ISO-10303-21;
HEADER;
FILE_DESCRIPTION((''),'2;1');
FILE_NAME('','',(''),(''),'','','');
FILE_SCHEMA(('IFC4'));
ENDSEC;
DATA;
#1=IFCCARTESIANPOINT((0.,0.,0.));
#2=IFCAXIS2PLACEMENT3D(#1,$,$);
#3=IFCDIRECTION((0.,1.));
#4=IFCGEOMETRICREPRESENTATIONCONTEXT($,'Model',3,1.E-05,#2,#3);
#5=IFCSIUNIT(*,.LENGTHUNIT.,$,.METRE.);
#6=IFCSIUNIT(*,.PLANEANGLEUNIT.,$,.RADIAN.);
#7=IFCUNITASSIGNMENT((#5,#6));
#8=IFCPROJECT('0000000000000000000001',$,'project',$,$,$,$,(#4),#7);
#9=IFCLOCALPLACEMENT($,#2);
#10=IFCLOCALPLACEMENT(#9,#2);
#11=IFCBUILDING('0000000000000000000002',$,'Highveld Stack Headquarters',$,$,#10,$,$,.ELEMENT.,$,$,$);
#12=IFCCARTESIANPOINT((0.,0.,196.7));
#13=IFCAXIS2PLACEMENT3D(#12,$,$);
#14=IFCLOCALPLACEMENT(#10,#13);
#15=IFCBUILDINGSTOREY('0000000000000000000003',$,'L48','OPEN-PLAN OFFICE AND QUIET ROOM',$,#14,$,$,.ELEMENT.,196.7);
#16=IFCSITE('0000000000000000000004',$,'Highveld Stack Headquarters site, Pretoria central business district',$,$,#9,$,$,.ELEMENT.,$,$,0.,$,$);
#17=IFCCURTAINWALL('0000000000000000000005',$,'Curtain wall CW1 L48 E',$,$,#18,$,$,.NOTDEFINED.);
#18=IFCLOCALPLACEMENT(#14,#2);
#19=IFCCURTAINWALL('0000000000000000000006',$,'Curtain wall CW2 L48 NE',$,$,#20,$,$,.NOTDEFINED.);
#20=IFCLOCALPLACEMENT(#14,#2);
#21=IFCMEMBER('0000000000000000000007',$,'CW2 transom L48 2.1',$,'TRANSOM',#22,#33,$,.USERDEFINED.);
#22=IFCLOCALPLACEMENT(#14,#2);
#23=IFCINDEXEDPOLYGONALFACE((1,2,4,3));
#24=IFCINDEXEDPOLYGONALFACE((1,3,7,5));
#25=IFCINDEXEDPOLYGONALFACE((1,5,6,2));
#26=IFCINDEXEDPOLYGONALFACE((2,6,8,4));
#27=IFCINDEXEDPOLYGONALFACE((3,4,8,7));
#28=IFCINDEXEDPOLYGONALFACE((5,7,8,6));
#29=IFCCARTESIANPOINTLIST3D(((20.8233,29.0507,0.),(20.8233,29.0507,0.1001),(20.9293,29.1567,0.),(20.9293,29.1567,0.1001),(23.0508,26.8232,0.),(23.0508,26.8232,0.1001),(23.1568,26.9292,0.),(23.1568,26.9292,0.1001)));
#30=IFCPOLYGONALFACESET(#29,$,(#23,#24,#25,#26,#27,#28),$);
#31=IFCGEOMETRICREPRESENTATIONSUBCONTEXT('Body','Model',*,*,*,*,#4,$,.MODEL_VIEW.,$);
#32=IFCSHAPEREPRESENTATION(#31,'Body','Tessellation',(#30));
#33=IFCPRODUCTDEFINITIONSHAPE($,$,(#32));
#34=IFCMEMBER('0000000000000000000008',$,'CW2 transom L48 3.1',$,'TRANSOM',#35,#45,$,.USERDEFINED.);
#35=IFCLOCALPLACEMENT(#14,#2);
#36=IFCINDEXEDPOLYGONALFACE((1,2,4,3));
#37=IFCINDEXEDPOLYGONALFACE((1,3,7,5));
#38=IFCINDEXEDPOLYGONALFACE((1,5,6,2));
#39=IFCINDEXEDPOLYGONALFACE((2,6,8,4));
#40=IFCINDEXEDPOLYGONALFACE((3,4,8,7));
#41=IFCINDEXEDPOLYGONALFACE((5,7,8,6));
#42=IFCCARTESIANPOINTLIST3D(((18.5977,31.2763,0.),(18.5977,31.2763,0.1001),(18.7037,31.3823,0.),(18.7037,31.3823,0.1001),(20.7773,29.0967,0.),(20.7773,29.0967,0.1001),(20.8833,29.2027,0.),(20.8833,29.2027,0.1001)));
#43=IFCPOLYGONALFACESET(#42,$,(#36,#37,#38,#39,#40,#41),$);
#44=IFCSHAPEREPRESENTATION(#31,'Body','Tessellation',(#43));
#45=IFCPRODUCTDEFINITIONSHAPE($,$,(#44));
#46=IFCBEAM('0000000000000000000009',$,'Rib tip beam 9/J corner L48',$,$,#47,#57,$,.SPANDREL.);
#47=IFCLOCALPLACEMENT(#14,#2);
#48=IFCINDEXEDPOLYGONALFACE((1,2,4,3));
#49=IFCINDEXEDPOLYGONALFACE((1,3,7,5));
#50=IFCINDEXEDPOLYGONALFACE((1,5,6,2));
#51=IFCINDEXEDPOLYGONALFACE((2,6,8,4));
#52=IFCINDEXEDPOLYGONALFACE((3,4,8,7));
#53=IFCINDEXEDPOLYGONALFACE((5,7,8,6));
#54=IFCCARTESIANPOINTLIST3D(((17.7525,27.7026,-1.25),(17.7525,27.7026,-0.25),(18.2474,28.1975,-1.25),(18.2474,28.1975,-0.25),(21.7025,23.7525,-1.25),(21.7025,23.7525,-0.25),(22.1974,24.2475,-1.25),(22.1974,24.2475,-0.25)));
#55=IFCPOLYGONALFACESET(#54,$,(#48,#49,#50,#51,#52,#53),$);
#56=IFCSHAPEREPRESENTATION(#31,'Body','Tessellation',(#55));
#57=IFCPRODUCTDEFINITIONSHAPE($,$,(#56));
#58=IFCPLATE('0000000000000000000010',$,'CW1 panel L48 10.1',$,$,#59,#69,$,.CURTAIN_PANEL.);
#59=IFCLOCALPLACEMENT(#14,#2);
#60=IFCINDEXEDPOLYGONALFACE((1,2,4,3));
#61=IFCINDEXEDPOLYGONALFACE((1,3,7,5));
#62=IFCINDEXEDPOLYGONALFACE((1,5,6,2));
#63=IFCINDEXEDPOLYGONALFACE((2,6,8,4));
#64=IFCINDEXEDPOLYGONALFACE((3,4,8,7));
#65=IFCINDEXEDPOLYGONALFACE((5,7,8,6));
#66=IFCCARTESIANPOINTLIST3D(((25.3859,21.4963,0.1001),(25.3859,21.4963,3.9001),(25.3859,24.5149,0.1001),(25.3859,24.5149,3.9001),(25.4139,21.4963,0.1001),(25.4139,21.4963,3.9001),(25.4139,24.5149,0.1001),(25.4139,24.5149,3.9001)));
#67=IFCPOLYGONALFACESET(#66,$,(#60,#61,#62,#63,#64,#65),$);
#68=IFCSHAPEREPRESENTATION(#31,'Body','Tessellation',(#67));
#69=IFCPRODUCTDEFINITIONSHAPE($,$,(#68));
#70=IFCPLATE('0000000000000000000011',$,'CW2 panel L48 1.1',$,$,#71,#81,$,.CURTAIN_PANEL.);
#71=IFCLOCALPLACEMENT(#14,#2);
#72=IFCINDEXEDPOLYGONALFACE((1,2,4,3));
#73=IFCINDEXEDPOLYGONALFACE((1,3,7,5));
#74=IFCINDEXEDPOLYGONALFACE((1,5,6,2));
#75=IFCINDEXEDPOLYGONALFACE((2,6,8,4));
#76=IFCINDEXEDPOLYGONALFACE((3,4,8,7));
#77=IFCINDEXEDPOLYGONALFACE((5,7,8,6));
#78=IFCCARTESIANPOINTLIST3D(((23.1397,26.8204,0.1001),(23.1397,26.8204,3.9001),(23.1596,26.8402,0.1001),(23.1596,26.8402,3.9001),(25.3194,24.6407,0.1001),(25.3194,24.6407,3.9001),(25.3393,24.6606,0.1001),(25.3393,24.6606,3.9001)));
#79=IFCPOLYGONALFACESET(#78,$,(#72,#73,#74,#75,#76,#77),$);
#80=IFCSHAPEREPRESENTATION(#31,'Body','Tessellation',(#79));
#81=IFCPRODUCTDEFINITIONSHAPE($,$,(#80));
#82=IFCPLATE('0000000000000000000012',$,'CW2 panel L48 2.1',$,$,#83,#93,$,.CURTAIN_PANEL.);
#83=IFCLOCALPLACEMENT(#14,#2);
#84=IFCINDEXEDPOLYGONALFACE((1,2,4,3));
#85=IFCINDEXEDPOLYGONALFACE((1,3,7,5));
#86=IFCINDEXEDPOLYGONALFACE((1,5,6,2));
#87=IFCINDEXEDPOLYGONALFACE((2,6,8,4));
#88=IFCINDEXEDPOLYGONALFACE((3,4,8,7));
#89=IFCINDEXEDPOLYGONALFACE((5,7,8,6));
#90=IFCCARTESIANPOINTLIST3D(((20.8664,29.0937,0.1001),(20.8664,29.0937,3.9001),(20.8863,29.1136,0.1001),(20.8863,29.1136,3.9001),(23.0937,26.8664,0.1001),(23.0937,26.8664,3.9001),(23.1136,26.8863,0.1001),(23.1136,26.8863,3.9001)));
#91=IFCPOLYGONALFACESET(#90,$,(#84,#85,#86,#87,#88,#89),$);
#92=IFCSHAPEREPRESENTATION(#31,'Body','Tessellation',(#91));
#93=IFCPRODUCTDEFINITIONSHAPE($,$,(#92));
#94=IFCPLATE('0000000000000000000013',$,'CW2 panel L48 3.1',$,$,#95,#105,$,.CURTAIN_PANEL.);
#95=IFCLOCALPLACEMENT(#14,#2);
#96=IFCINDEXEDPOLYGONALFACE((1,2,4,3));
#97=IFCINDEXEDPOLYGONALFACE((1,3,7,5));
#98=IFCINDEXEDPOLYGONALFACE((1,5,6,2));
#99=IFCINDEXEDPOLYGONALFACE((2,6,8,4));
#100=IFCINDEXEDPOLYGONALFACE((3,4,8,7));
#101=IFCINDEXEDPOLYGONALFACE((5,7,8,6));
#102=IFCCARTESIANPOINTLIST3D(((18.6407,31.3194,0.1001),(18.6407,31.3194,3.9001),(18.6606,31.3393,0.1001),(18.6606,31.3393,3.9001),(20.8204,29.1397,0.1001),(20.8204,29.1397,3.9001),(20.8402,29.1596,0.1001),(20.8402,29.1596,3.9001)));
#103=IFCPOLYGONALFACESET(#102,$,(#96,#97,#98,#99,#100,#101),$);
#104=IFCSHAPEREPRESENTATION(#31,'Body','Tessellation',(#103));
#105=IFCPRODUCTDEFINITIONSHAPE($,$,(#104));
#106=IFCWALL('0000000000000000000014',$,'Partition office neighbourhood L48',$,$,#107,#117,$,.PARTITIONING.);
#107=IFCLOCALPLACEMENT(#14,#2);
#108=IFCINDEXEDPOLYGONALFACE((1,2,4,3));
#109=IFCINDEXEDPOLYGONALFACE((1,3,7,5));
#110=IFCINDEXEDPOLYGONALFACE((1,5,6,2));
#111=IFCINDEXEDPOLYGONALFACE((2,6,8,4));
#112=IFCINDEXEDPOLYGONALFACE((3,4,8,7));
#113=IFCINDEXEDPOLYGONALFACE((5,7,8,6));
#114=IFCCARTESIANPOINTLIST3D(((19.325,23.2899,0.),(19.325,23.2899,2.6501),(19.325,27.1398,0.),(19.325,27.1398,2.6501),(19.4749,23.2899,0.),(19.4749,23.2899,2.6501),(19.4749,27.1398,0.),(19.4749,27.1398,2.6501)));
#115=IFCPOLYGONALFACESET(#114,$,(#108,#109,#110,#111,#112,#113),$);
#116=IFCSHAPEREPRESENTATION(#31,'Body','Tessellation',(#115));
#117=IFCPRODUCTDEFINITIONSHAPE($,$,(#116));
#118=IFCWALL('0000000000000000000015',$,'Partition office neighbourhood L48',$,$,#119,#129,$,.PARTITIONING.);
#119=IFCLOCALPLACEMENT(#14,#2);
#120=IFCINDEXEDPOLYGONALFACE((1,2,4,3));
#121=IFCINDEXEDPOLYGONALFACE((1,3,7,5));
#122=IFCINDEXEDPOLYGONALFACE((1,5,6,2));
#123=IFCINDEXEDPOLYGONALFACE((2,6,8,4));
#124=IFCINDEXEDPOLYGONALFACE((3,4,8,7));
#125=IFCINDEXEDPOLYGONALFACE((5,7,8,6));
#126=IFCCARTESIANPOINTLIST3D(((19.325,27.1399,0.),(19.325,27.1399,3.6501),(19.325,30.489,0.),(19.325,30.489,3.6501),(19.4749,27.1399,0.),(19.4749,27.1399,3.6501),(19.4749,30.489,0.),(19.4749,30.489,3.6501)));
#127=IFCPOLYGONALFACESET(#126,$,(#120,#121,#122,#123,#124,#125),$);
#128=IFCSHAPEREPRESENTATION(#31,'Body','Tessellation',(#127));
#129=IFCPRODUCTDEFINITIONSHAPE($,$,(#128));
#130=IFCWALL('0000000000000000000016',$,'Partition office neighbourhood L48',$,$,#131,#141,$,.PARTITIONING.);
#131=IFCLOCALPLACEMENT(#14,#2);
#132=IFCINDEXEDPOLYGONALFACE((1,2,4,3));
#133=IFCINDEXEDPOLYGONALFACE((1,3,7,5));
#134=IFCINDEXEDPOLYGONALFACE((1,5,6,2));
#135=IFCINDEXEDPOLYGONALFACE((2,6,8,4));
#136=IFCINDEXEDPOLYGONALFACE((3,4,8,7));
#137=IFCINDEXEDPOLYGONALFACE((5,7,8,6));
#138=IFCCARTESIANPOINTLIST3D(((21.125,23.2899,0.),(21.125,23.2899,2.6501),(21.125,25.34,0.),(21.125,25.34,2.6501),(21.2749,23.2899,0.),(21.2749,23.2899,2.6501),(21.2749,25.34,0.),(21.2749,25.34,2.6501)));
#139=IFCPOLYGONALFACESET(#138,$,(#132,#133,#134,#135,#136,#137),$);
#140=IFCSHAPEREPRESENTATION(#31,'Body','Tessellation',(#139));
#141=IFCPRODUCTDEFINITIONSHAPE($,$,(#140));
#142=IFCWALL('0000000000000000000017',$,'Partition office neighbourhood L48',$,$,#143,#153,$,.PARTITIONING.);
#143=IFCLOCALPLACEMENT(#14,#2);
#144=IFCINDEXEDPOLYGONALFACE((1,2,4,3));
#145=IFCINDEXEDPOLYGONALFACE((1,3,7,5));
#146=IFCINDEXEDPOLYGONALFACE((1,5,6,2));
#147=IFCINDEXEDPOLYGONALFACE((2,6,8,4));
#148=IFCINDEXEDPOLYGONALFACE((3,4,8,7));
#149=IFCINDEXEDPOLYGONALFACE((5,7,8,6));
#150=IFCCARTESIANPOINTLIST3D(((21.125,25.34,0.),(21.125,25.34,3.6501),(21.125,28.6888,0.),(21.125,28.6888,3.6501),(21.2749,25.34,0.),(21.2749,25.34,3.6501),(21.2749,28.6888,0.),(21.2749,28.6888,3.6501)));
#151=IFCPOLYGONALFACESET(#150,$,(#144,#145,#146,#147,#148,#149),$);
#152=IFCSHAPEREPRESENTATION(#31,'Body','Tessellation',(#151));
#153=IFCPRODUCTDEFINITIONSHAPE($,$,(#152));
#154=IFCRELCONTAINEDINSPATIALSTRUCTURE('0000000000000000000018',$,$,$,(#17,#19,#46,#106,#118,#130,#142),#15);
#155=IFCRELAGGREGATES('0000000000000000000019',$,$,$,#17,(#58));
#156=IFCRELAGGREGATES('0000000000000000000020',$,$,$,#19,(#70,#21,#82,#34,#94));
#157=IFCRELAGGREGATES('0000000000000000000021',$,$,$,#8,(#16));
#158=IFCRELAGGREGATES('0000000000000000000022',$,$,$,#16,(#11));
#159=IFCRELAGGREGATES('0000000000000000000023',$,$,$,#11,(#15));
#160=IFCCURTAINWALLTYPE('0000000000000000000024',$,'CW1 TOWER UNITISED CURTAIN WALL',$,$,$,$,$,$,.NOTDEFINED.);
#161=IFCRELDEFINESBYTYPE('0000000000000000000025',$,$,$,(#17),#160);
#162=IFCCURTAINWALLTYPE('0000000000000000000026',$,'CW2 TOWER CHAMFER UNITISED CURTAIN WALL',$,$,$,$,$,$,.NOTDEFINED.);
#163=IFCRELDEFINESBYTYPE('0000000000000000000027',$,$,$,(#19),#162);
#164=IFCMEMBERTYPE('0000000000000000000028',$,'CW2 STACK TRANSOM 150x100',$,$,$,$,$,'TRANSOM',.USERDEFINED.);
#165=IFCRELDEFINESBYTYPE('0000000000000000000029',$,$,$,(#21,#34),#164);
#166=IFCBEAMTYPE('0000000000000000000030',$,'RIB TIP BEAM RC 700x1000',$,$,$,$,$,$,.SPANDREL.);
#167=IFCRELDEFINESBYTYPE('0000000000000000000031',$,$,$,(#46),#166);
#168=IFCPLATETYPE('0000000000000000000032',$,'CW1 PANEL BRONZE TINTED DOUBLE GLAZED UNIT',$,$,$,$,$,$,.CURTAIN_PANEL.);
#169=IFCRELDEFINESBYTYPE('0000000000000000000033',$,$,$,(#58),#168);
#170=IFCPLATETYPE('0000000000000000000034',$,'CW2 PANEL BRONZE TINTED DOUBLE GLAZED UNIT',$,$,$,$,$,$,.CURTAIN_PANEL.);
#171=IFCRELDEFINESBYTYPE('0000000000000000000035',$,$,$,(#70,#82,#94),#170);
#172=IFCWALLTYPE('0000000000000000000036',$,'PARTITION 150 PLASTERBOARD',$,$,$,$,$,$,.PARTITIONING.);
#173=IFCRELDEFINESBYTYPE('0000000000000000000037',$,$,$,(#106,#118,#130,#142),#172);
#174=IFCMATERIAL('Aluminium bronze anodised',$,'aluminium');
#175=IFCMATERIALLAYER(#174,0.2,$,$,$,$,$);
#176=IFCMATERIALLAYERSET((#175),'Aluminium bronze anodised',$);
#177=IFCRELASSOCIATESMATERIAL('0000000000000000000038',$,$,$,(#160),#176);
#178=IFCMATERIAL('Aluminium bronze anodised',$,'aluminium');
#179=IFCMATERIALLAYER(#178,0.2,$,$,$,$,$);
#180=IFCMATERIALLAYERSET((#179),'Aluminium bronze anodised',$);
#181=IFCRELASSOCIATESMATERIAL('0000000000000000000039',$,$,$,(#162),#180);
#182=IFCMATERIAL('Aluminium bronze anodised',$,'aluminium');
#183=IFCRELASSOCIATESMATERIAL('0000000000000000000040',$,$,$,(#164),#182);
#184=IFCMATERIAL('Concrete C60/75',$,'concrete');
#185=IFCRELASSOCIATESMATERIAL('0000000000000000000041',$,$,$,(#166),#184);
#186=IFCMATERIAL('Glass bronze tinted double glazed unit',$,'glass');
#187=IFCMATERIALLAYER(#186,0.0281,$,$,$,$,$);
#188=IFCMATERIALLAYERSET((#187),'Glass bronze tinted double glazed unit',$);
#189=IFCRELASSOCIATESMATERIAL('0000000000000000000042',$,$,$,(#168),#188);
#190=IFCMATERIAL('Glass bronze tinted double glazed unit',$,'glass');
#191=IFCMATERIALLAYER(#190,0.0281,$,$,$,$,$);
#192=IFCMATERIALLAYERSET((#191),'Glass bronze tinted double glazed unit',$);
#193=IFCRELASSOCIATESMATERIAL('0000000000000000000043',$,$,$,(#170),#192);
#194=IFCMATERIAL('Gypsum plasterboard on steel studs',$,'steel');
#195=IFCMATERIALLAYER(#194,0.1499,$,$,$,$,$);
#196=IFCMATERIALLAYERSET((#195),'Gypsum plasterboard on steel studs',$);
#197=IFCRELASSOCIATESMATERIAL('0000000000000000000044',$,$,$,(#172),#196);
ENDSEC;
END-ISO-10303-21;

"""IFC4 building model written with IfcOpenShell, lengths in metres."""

from ifc_helpers import new_model, si_unit, direction, frame, frame_2d, origin, origin_2d, place, context, subcontext, project, spatial, rectangle, extrude, material, layer, layer_set, material_profile, profile_set, type_object, element, aggregate, save


model = new_model("IFC4")

# Units and contexts
model_context = context("Model", 3, precision=1e-05, world=origin(), true_north=direction((0.0, 1.0)))
body_context = subcontext(model_context, "Body", "Model", "MODEL_VIEW")
ifc_project = project(units=[si_unit("LENGTHUNIT", "METRE"), si_unit("PLANEANGLEUNIT", "RADIAN")], contexts=[model_context])

# Site, building, storey
site_placement = place(None, origin())
site = spatial("IfcSite", under=ifc_project, at=site_placement, Name="Highveld Stack Headquarters site, Pretoria central business district", CompositionType="ELEMENT", RefElevation=0.0)
building_placement = place(site_placement, origin())
building = spatial("IfcBuilding", under=site, at=building_placement, Name="Highveld Stack Headquarters", CompositionType="ELEMENT")
storey_placement = place(building_placement, frame((0.0, 0.0, 196.7)))
storey = spatial("IfcBuildingStorey", under=building, at=storey_placement, Name="L48", Description="OPEN-PLAN OFFICE AND QUIET ROOM", CompositionType="ELEMENT", Elevation=196.7)

# Curtain wall
ifc_material_1 = material(Name="Aluminium bronze anodised", Category="aluminium")
ifc_layer_1 = layer(ifc_material_1, 0.2)
ifc_layer_set_1 = layer_set([ifc_layer_1], Name="Aluminium bronze anodised")
curtain_wall_type_1 = type_object("IfcCurtainWallType", Name="CW1 TOWER UNITISED CURTAIN WALL", PredefinedType="NOTDEFINED", material=ifc_layer_set_1)
curtain_wall_1_placement = place(storey_placement, origin())
curtain_wall_1 = element("IfcCurtainWall", 1, at=curtain_wall_1_placement, inside=storey, type_object=curtain_wall_type_1, Name="Curtain wall CW1 L48 E", PredefinedType="NOTDEFINED")

# Curtain wall, members
ifc_material_2 = material(Name="Aluminium bronze anodised", Category="aluminium")
ifc_layer_2 = layer(ifc_material_2, 0.2)
ifc_layer_set_2 = layer_set([ifc_layer_2], Name="Aluminium bronze anodised")
curtain_wall_type_2 = type_object("IfcCurtainWallType", Name="CW2 TOWER CHAMFER UNITISED CURTAIN WALL", PredefinedType="NOTDEFINED", material=ifc_layer_set_2)
curtain_wall_2_placement = place(storey_placement, origin())
curtain_wall_2 = element("IfcCurtainWall", 2, at=curtain_wall_2_placement, inside=storey, type_object=curtain_wall_type_2, Name="Curtain wall CW2 L48 NE", PredefinedType="NOTDEFINED")
ifc_material_3 = material(Name="Aluminium bronze anodised", Category="aluminium")
ifc_material_profile_1 = material_profile(ifc_material_3, rectangle(XDim=0.1499, YDim=0.1001, at=origin_2d()), Name="CW2 TRANSOM 150x100")
ifc_profile_set_1 = profile_set([ifc_material_profile_1], Name="Aluminium bronze anodised")
member_type_1 = type_object("IfcMemberType", Name="CW2 STACK TRANSOM 150x100", ElementType="TRANSOM", PredefinedType="USERDEFINED", material=ifc_profile_set_1)
member_1_placement = place(storey_placement, frame((23.1038, 26.8762, 0.05), z_axis=(-0.707107, 0.707107, 0.0), x_axis=(-0.707107, -0.707107, 0.0)))
member_1 = element("IfcMember", 3, at=member_1_placement, type_object=member_type_1, Name="CW2 transom L48 2.1", ObjectType="TRANSOM", PredefinedType="USERDEFINED", context=body_context, shape_type="SweptSolid", body=[
    extrude(rectangle(XDim=0.1499, YDim=0.1001, at=origin_2d()), origin(), (0.0, 0.0, 1.0), 3.1501),
])
member_2_placement = place(storey_placement, frame((20.8303, 29.1497, 0.05), z_axis=(-0.707107, 0.707107, 0.0), x_axis=(-0.707107, -0.707107, 0.0)))
member_2 = element("IfcMember", 4, at=member_2_placement, type_object=member_type_1, Name="CW2 transom L48 3.1", ObjectType="TRANSOM", PredefinedType="USERDEFINED", context=body_context, shape_type="SweptSolid", body=[
    extrude(rectangle(XDim=0.1499, YDim=0.1001, at=origin_2d()), origin(), (0.0, 0.0, 1.0), 3.0825),
])

# Beam
ifc_material_4 = material(Name="Concrete C60/75", Category="concrete")
ifc_material_profile_2 = material_profile(ifc_material_4, rectangle(XDim=0.7, YDim=1.0, at=origin_2d()), Name="RC 700x1000")
ifc_profile_set_2 = profile_set([ifc_material_profile_2], Name="Concrete C60/75")
beam_type_1 = type_object("IfcBeamType", Name="RIB TIP BEAM RC 700x1000", PredefinedType="SPANDREL", material=ifc_profile_set_2)
beam_1_placement = place(storey_placement, frame((21.95, 24.0, -0.75), z_axis=(-0.707107, 0.707107, 0.0), x_axis=(-0.707107, -0.707107, 0.0)))
element("IfcBeam", 5, at=beam_1_placement, inside=storey, type_object=beam_type_1, Name="Rib tip beam 9/J corner L48", PredefinedType="SPANDREL", context=body_context, shape_type="SweptSolid", body=[
    extrude(rectangle(XDim=0.7, YDim=1.0, at=origin_2d()), origin(), (0.0, 0.0, 1.0), 5.5862),
])

# Plates
ifc_material_5 = material(Name="Glass bronze tinted double glazed unit", Category="glass")
ifc_layer_3 = layer(ifc_material_5, 0.0281)
ifc_layer_set_3 = layer_set([ifc_layer_3], Name="Glass bronze tinted double glazed unit")
plate_type_1 = type_object("IfcPlateType", Name="CW1 PANEL BRONZE TINTED DOUBLE GLAZED UNIT", PredefinedType="CURTAIN_PANEL", material=ifc_layer_set_3)
plate_1_placement = place(storey_placement, frame((25.3999, 23.0056, 0.1001), z_axis=(0.0, 0.0, 1.0), x_axis=(0.0, 1.0, 0.0)))
plate_1 = element("IfcPlate", 6, at=plate_1_placement, type_object=plate_type_1, Name="CW1 panel L48 10.1", PredefinedType="CURTAIN_PANEL", context=body_context, shape_type="SweptSolid", body=[
    extrude(rectangle(XDim=3.0186, YDim=0.0281, at=origin_2d()), origin(), (0.0, 0.0, 1.0), 3.8),
])
aggregate(curtain_wall_1, [plate_1])
ifc_material_6 = material(Name="Glass bronze tinted double glazed unit", Category="glass")
ifc_layer_4 = layer(ifc_material_6, 0.0281)
ifc_layer_set_4 = layer_set([ifc_layer_4], Name="Glass bronze tinted double glazed unit")
plate_type_2 = type_object("IfcPlateType", Name="CW2 PANEL BRONZE TINTED DOUBLE GLAZED UNIT", PredefinedType="CURTAIN_PANEL", material=ifc_layer_set_4)
plate_2_placement = place(storey_placement, frame((24.2395, 25.7405, 0.1001), z_axis=(0.0, 0.0, 1.0), x_axis=(-0.707107, 0.707107, 0.0)))
plate_2 = element("IfcPlate", 7, at=plate_2_placement, type_object=plate_type_2, Name="CW2 panel L48 1.1", PredefinedType="CURTAIN_PANEL", context=body_context, shape_type="SweptSolid", body=[
    extrude(rectangle(XDim=3.0825, YDim=0.0281, at=origin_2d()), origin(), (0.0, 0.0, 1.0), 3.8),
])
plate_3_placement = place(storey_placement, frame((21.99, 27.99, 0.1001), z_axis=(0.0, 0.0, 1.0), x_axis=(-0.707107, 0.707107, 0.0)))
plate_3 = element("IfcPlate", 8, at=plate_3_placement, type_object=plate_type_2, Name="CW2 panel L48 2.1", PredefinedType="CURTAIN_PANEL", context=body_context, shape_type="SweptSolid", body=[
    extrude(rectangle(XDim=3.1499, YDim=0.0281, at=origin_2d()), origin(), (0.0, 0.0, 1.0), 3.8),
])
plate_4_placement = place(storey_placement, frame((19.7405, 30.2395, 0.1001), z_axis=(0.0, 0.0, 1.0), x_axis=(-0.707107, 0.707107, 0.0)))
plate_4 = element("IfcPlate", 9, at=plate_4_placement, type_object=plate_type_2, Name="CW2 panel L48 3.1", PredefinedType="CURTAIN_PANEL", context=body_context, shape_type="SweptSolid", body=[
    extrude(rectangle(XDim=3.0825, YDim=0.0281, at=origin_2d()), origin(), (0.0, 0.0, 1.0), 3.8),
])
aggregate(curtain_wall_2, [plate_2, member_1, plate_3, member_2, plate_4])

# Walls
ifc_material_7 = material(Name="Gypsum plasterboard on steel studs", Category="steel")
ifc_layer_5 = layer(ifc_material_7, 0.1499)
ifc_layer_set_5 = layer_set([ifc_layer_5], Name="Gypsum plasterboard on steel studs")
wall_type = type_object("IfcWallType", Name="PARTITION 150 PLASTERBOARD", PredefinedType="PARTITIONING", material=ifc_layer_set_5)
wall_1_placement = place(storey_placement, frame((19.3999, 23.29, 0.0), z_axis=(0.0, 0.0, 1.0), x_axis=(0.0, 1.0, 0.0)))
element("IfcWall", 10, at=wall_1_placement, inside=storey, type_object=wall_type, Name="Partition office neighbourhood L48", PredefinedType="PARTITIONING", context=body_context, shape_type="SweptSolid", body=[
    extrude(rectangle(XDim=3.8499, YDim=0.1499, at=frame_2d((1.9248, 0.0))), origin(), (0.0, 0.0, 1.0), 2.6501),
])
wall_2_placement = place(storey_placement, frame((19.3999, 27.1399, 0.0), z_axis=(0.0, 0.0, 1.0), x_axis=(0.0, 1.0, 0.0)))
element("IfcWall", 11, at=wall_2_placement, inside=storey, type_object=wall_type, Name="Partition office neighbourhood L48", PredefinedType="PARTITIONING", context=body_context, shape_type="SweptSolid", body=[
    extrude(rectangle(XDim=3.3491, YDim=0.1499, at=frame_2d((1.6746, 0.0))), origin(), (0.0, 0.0, 1.0), 3.6501),
])
wall_3_placement = place(storey_placement, frame((21.2, 23.29, 0.0), z_axis=(0.0, 0.0, 1.0), x_axis=(0.0, 1.0, 0.0)))
element("IfcWall", 12, at=wall_3_placement, inside=storey, type_object=wall_type, Name="Partition office neighbourhood L48", PredefinedType="PARTITIONING", context=body_context, shape_type="SweptSolid", body=[
    extrude(rectangle(XDim=2.05, YDim=0.1499, at=frame_2d((1.0249, 0.0))), origin(), (0.0, 0.0, 1.0), 2.6501),
])
wall_4_placement = place(storey_placement, frame((21.2, 25.3401, 0.0), z_axis=(0.0, 0.0, 1.0), x_axis=(0.0, 1.0, 0.0)))
element("IfcWall", 13, at=wall_4_placement, inside=storey, type_object=wall_type, Name="Partition office neighbourhood L48", PredefinedType="PARTITIONING", context=body_context, shape_type="SweptSolid", body=[
    extrude(rectangle(XDim=3.3489, YDim=0.1499, at=frame_2d((1.6743, 0.0))), origin(), (0.0, 0.0, 1.0), 3.6501),
])

save(model, "model.ifc")
